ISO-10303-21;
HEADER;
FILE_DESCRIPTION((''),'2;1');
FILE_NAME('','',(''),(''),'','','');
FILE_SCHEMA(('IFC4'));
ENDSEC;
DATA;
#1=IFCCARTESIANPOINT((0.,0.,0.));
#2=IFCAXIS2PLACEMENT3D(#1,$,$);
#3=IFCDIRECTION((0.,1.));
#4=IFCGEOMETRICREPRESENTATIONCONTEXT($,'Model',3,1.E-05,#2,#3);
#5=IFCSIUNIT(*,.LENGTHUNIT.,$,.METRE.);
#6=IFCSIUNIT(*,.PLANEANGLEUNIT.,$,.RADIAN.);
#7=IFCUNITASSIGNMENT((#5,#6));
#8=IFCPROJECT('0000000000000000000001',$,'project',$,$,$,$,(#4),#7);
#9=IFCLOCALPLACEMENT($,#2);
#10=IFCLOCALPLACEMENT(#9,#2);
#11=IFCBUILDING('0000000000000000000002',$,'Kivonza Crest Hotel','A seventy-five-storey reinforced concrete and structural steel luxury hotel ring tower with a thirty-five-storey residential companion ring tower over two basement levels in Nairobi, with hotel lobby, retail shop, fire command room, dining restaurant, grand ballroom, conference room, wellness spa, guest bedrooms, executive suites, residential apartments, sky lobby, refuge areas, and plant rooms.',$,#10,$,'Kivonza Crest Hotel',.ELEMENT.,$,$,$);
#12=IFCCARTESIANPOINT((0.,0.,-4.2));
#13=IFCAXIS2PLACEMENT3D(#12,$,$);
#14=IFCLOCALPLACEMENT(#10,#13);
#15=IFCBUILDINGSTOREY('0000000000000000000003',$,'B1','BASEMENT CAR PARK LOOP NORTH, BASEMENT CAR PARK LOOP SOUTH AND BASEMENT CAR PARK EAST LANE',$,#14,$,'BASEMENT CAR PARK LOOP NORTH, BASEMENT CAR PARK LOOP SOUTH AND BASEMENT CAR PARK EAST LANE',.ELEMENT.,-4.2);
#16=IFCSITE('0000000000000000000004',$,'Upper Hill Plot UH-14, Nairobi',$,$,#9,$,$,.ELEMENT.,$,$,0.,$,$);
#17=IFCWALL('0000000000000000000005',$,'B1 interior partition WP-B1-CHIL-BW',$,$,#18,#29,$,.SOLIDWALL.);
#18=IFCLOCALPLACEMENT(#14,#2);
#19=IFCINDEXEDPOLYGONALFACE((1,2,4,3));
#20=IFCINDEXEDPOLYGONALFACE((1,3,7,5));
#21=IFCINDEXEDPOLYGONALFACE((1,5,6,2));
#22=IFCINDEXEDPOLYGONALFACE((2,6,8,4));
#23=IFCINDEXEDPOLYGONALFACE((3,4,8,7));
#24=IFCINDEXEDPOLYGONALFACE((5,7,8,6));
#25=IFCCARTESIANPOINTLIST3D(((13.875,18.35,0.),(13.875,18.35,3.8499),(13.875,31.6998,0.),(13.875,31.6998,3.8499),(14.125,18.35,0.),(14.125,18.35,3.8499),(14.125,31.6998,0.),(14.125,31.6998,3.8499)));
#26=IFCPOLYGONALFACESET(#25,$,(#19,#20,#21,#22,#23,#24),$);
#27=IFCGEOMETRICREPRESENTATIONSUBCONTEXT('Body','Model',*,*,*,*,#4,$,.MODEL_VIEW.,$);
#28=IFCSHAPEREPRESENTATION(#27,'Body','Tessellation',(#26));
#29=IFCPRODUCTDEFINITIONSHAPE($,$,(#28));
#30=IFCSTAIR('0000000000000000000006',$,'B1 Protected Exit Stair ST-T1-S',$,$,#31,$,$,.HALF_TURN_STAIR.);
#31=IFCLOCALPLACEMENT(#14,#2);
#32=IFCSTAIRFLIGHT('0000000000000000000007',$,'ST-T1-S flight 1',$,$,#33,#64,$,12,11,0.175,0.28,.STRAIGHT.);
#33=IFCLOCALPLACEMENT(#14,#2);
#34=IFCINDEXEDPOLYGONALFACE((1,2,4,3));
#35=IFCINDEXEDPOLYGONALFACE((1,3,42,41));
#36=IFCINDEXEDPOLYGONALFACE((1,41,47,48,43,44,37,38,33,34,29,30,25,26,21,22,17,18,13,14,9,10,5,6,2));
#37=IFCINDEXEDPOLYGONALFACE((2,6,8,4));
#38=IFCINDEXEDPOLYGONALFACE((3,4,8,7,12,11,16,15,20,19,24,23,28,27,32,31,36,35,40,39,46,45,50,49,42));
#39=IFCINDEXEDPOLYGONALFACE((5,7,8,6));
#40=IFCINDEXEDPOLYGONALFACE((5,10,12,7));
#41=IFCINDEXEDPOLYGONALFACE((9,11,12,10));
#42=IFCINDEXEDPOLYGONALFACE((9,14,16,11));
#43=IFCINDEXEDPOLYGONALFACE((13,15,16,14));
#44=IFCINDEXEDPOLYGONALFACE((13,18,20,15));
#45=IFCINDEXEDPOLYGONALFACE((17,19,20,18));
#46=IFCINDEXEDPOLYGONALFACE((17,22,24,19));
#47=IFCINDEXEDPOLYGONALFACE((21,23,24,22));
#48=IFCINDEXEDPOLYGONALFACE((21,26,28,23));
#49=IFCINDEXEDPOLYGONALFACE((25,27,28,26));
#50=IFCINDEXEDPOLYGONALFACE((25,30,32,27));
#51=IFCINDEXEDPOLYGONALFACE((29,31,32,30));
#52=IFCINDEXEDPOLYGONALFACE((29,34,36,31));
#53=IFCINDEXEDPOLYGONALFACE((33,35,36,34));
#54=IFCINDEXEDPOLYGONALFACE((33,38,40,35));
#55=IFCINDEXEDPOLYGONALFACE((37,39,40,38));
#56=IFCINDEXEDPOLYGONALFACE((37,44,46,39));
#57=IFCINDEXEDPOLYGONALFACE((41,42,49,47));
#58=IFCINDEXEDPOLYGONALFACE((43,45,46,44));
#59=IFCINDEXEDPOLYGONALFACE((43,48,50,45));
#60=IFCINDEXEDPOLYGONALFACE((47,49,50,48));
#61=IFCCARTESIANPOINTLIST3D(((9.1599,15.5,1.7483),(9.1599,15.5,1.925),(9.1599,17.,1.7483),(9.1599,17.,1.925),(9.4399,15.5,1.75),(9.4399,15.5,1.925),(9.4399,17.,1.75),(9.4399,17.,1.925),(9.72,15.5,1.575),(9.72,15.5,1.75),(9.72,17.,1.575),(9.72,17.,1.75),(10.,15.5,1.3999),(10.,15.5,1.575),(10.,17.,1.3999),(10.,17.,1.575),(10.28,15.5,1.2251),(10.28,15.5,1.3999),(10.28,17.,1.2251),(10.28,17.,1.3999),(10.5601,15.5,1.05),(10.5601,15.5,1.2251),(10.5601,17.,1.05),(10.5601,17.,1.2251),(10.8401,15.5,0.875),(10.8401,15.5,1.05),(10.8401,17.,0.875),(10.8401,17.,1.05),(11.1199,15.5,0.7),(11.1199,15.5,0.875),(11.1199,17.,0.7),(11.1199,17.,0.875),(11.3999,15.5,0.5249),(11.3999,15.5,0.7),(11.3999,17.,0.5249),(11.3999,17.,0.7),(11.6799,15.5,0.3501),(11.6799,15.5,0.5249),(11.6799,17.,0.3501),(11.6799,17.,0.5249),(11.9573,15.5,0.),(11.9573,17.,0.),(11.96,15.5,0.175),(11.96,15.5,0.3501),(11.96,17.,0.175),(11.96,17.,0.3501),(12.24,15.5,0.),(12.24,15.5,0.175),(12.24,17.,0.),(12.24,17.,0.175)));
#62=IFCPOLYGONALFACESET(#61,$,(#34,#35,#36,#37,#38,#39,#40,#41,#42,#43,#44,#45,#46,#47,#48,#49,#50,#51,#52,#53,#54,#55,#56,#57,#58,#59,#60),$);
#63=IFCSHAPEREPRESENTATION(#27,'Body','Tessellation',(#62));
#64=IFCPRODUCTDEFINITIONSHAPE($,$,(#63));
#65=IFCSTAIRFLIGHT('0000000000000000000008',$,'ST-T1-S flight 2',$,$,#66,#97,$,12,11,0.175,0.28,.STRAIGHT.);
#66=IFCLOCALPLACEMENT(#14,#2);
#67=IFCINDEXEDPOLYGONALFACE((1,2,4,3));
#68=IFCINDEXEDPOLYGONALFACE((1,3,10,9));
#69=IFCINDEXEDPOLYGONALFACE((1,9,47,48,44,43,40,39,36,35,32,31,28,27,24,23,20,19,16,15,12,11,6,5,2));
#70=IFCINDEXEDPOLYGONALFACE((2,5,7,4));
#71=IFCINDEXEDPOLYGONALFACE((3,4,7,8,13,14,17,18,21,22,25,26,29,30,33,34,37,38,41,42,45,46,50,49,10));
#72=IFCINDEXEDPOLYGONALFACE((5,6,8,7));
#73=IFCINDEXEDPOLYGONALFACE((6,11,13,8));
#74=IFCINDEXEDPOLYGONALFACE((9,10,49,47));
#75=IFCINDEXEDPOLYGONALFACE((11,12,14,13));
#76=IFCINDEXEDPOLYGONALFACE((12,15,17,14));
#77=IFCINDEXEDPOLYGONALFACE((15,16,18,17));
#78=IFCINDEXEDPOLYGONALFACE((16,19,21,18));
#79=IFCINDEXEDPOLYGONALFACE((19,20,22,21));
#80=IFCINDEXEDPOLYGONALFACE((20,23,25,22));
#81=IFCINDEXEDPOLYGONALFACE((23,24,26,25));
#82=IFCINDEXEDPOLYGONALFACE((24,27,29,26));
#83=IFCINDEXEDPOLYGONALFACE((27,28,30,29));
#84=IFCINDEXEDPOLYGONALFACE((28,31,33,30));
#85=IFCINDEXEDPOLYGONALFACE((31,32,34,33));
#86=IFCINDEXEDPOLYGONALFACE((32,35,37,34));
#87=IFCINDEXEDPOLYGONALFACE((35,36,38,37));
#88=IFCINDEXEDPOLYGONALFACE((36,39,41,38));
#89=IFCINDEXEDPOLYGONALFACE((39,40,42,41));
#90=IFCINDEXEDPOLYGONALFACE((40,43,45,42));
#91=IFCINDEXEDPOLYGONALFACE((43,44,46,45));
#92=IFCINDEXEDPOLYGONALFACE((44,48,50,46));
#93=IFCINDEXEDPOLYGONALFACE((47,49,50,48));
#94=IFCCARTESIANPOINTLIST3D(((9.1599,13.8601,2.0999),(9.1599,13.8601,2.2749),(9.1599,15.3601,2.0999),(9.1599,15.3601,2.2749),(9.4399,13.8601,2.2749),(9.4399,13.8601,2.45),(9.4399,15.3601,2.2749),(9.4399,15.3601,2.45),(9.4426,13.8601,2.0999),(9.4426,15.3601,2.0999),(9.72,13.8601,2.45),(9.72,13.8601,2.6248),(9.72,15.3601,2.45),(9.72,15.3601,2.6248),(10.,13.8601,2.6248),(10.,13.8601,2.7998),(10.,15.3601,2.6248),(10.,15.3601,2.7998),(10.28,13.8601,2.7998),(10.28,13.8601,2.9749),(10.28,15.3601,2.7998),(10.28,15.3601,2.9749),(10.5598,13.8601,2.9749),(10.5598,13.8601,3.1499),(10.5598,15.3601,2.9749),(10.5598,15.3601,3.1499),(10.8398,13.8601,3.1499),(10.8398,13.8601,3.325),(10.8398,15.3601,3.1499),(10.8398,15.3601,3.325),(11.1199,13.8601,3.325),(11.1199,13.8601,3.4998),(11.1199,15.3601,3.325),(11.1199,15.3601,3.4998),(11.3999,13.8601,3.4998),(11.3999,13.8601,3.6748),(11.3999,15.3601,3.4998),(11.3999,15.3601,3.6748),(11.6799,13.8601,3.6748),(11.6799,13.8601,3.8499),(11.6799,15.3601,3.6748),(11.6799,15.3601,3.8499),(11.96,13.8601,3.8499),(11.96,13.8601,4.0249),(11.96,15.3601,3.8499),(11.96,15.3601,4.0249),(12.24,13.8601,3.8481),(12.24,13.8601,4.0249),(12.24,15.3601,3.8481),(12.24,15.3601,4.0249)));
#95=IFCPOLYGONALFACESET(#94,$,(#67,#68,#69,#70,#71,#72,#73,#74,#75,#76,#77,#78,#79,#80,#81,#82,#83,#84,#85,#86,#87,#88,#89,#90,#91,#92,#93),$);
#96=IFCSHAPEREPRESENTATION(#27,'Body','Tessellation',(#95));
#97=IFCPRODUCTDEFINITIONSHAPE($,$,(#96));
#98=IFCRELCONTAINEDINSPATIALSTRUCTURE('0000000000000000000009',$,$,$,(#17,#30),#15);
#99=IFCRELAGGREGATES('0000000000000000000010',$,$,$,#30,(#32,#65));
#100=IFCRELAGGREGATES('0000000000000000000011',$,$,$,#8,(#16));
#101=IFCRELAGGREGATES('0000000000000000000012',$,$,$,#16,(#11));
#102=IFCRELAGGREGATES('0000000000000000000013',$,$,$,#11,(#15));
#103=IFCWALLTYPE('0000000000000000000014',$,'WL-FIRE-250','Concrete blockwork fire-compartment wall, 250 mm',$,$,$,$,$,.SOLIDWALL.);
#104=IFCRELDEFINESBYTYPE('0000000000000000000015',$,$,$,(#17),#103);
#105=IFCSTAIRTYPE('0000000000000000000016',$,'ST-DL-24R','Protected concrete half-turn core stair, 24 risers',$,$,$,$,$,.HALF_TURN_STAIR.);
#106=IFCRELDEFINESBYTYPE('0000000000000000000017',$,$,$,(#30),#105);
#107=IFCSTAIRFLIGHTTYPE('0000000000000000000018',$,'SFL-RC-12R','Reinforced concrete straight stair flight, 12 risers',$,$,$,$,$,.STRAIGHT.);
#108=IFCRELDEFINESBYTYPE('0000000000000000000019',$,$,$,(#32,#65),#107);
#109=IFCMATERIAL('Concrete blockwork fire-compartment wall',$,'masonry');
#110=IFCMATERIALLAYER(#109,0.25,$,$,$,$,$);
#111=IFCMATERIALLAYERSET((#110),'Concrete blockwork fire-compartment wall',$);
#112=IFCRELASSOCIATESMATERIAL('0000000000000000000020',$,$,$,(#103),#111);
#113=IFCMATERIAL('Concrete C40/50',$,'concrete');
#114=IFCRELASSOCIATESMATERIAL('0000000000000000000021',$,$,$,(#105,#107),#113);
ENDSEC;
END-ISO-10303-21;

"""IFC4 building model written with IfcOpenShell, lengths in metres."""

from ifc_helpers import new_model, si_unit, direction, frame, frame_2d, origin, place, context, subcontext, project, spatial, polyline, rectangle, outline, extrude, material, layer, layer_set, type_object, element, aggregate, save


model = new_model("IFC4")

# Units and contexts
model_context = context("Model", 3, precision=1e-05, world=origin(), true_north=direction((0.0, 1.0)))
body_context = subcontext(model_context, "Body", "Model", "MODEL_VIEW")
ifc_project = project(units=[si_unit("LENGTHUNIT", "METRE"), si_unit("PLANEANGLEUNIT", "RADIAN")], contexts=[model_context])

# Site, building, storey
site_placement = place(None, origin())
site = spatial("IfcSite", under=ifc_project, at=site_placement, Name="Upper Hill Plot UH-14, Nairobi", CompositionType="ELEMENT", RefElevation=0.0)
building_placement = place(site_placement, origin())
building = spatial("IfcBuilding", under=site, at=building_placement, Name="Kivonza Crest Hotel", Description="A seventy-five-storey reinforced concrete and structural steel luxury hotel ring tower with a thirty-five-storey residential companion ring tower over two basement levels in Nairobi, with hotel lobby, retail shop, fire command room, dining restaurant, grand ballroom, conference room, wellness spa, guest bedrooms, executive suites, residential apartments, sky lobby, refuge areas, and plant rooms.", LongName="Kivonza Crest Hotel", CompositionType="ELEMENT")
storey_placement = place(building_placement, frame((0.0, 0.0, -4.2)))
storey = spatial("IfcBuildingStorey", under=building, at=storey_placement, Name="B1", Description="BASEMENT CAR PARK LOOP NORTH, BASEMENT CAR PARK LOOP SOUTH AND BASEMENT CAR PARK EAST LANE", LongName="BASEMENT CAR PARK LOOP NORTH, BASEMENT CAR PARK LOOP SOUTH AND BASEMENT CAR PARK EAST LANE", CompositionType="ELEMENT", Elevation=-4.2)

# Wall
ifc_material_1 = material(Name="Concrete blockwork fire-compartment wall", Category="masonry")
ifc_layer_1 = layer(ifc_material_1, 0.25)
ifc_layer_set_1 = layer_set([ifc_layer_1], Name="Concrete blockwork fire-compartment wall")
wall_type_1 = type_object("IfcWallType", Name="WL-FIRE-250", Description="Concrete blockwork fire-compartment wall, 250 mm", PredefinedType="SOLIDWALL", material=ifc_layer_set_1)
wall_1_placement = place(storey_placement, frame((14.0, 18.3501, 0.0), z_axis=(0.0, 0.0, 1.0), x_axis=(0.0, 1.0, 0.0)))
element("IfcWall", 1, at=wall_1_placement, inside=storey, type_object=wall_type_1, Name="B1 interior partition WP-B1-CHIL-BW", PredefinedType="SOLIDWALL", context=body_context, shape_type="SweptSolid", body=[
    extrude(rectangle(XDim=13.3499, YDim=0.25, at=frame_2d((6.6748, 0.0))), origin(), (0.0, 0.0, 1.0), 3.8499),
])

# Stair, stair flights
ifc_material_2 = material(Name="Concrete C40/50", Category="concrete")
stair_type = type_object("IfcStairType", Name="ST-DL-24R", Description="Protected concrete half-turn core stair, 24 risers", PredefinedType="HALF_TURN_STAIR", material=ifc_material_2)
stair_placement = place(storey_placement, origin())
stair = element("IfcStair", 2, at=stair_placement, inside=storey, type_object=stair_type, Name="B1 Protected Exit Stair ST-T1-S", PredefinedType="HALF_TURN_STAIR")
stair_flight_type = type_object("IfcStairFlightType", Name="SFL-RC-12R", Description="Reinforced concrete straight stair flight, 12 risers", PredefinedType="STRAIGHT", material=ifc_material_2)
stair_flight_1_placement = place(storey_placement, frame((12.24, 16.25, 0.0), z_axis=(0.0, 0.0, 1.0), x_axis=(-1.0, 0.0, 0.0)))
stair_flight_1 = element("IfcStairFlight", 3, at=stair_flight_1_placement, type_object=stair_flight_type, Name="ST-T1-S flight 1", NumberOfRisers=12, NumberOfTreads=11, PredefinedType="STRAIGHT", RiserHeight=0.175, TreadLength=0.28, context=body_context, shape_type="SweptSolid", body=[
    extrude(outline(polyline([(0.0, 0.0), (0.0, 0.175), (0.28, 0.175), (0.28, 0.3501), (0.5601, 0.3501), (0.5601, 0.5249), (0.8401, 0.5249), (0.8401, 0.7), (1.1201, 0.7), (1.1201, 0.875), (1.3999, 0.875), (1.3999, 1.05), (1.6799, 1.05), (1.6799, 1.2251), (1.96, 1.2251), (1.96, 1.3999), (2.24, 1.3999), (2.24, 1.575), (2.52, 1.575), (2.52, 1.75), (2.8, 1.75), (2.8, 1.925), (3.0801, 1.925), (3.0801, 2.1001), (3.0801, 1.7483), (0.2827, 0.0), (0.0, 0.0)])), frame((0.0, 0.75, 0.0), z_axis=(0.0, -1.0, 0.0), x_axis=(1.0, 0.0, 0.0)), (0.0, 0.0, 1.0), 1.5),
])
stair_flight_2_placement = place(storey_placement, frame((9.1599, 14.6101, 2.0999), z_axis=(0.0, 0.0, 1.0), x_axis=(1.0, 0.0, 0.0)))
stair_flight_2 = element("IfcStairFlight", 4, at=stair_flight_2_placement, type_object=stair_flight_type, Name="ST-T1-S flight 2", NumberOfRisers=12, NumberOfTreads=11, PredefinedType="STRAIGHT", RiserHeight=0.175, TreadLength=0.28, context=body_context, shape_type="SweptSolid", body=[
    extrude(outline(polyline([(0.0, 0.0), (0.0, 0.175), (0.28, 0.175), (0.28, 0.3501), (0.5601, 0.3501), (0.5601, 0.5249), (0.8401, 0.5249), (0.8401, 0.7), (1.1201, 0.7), (1.1201, 0.875), (1.3999, 0.875), (1.3999, 1.05), (1.6799, 1.05), (1.6799, 1.2251), (1.96, 1.2251), (1.96, 1.3999), (2.24, 1.3999), (2.24, 1.575), (2.52, 1.575), (2.52, 1.75), (2.8, 1.75), (2.8, 1.925), (3.0801, 1.925), (3.0801, 2.1001), (3.0801, 1.7483), (0.2827, 0.0), (0.0, 0.0)])), frame((0.0, 0.75, 0.0), z_axis=(0.0, -1.0, 0.0), x_axis=(1.0, 0.0, 0.0)), (0.0, 0.0, 1.0), 1.5),
])
aggregate(stair, [stair_flight_1, stair_flight_2])

save(model, "model.ifc")
